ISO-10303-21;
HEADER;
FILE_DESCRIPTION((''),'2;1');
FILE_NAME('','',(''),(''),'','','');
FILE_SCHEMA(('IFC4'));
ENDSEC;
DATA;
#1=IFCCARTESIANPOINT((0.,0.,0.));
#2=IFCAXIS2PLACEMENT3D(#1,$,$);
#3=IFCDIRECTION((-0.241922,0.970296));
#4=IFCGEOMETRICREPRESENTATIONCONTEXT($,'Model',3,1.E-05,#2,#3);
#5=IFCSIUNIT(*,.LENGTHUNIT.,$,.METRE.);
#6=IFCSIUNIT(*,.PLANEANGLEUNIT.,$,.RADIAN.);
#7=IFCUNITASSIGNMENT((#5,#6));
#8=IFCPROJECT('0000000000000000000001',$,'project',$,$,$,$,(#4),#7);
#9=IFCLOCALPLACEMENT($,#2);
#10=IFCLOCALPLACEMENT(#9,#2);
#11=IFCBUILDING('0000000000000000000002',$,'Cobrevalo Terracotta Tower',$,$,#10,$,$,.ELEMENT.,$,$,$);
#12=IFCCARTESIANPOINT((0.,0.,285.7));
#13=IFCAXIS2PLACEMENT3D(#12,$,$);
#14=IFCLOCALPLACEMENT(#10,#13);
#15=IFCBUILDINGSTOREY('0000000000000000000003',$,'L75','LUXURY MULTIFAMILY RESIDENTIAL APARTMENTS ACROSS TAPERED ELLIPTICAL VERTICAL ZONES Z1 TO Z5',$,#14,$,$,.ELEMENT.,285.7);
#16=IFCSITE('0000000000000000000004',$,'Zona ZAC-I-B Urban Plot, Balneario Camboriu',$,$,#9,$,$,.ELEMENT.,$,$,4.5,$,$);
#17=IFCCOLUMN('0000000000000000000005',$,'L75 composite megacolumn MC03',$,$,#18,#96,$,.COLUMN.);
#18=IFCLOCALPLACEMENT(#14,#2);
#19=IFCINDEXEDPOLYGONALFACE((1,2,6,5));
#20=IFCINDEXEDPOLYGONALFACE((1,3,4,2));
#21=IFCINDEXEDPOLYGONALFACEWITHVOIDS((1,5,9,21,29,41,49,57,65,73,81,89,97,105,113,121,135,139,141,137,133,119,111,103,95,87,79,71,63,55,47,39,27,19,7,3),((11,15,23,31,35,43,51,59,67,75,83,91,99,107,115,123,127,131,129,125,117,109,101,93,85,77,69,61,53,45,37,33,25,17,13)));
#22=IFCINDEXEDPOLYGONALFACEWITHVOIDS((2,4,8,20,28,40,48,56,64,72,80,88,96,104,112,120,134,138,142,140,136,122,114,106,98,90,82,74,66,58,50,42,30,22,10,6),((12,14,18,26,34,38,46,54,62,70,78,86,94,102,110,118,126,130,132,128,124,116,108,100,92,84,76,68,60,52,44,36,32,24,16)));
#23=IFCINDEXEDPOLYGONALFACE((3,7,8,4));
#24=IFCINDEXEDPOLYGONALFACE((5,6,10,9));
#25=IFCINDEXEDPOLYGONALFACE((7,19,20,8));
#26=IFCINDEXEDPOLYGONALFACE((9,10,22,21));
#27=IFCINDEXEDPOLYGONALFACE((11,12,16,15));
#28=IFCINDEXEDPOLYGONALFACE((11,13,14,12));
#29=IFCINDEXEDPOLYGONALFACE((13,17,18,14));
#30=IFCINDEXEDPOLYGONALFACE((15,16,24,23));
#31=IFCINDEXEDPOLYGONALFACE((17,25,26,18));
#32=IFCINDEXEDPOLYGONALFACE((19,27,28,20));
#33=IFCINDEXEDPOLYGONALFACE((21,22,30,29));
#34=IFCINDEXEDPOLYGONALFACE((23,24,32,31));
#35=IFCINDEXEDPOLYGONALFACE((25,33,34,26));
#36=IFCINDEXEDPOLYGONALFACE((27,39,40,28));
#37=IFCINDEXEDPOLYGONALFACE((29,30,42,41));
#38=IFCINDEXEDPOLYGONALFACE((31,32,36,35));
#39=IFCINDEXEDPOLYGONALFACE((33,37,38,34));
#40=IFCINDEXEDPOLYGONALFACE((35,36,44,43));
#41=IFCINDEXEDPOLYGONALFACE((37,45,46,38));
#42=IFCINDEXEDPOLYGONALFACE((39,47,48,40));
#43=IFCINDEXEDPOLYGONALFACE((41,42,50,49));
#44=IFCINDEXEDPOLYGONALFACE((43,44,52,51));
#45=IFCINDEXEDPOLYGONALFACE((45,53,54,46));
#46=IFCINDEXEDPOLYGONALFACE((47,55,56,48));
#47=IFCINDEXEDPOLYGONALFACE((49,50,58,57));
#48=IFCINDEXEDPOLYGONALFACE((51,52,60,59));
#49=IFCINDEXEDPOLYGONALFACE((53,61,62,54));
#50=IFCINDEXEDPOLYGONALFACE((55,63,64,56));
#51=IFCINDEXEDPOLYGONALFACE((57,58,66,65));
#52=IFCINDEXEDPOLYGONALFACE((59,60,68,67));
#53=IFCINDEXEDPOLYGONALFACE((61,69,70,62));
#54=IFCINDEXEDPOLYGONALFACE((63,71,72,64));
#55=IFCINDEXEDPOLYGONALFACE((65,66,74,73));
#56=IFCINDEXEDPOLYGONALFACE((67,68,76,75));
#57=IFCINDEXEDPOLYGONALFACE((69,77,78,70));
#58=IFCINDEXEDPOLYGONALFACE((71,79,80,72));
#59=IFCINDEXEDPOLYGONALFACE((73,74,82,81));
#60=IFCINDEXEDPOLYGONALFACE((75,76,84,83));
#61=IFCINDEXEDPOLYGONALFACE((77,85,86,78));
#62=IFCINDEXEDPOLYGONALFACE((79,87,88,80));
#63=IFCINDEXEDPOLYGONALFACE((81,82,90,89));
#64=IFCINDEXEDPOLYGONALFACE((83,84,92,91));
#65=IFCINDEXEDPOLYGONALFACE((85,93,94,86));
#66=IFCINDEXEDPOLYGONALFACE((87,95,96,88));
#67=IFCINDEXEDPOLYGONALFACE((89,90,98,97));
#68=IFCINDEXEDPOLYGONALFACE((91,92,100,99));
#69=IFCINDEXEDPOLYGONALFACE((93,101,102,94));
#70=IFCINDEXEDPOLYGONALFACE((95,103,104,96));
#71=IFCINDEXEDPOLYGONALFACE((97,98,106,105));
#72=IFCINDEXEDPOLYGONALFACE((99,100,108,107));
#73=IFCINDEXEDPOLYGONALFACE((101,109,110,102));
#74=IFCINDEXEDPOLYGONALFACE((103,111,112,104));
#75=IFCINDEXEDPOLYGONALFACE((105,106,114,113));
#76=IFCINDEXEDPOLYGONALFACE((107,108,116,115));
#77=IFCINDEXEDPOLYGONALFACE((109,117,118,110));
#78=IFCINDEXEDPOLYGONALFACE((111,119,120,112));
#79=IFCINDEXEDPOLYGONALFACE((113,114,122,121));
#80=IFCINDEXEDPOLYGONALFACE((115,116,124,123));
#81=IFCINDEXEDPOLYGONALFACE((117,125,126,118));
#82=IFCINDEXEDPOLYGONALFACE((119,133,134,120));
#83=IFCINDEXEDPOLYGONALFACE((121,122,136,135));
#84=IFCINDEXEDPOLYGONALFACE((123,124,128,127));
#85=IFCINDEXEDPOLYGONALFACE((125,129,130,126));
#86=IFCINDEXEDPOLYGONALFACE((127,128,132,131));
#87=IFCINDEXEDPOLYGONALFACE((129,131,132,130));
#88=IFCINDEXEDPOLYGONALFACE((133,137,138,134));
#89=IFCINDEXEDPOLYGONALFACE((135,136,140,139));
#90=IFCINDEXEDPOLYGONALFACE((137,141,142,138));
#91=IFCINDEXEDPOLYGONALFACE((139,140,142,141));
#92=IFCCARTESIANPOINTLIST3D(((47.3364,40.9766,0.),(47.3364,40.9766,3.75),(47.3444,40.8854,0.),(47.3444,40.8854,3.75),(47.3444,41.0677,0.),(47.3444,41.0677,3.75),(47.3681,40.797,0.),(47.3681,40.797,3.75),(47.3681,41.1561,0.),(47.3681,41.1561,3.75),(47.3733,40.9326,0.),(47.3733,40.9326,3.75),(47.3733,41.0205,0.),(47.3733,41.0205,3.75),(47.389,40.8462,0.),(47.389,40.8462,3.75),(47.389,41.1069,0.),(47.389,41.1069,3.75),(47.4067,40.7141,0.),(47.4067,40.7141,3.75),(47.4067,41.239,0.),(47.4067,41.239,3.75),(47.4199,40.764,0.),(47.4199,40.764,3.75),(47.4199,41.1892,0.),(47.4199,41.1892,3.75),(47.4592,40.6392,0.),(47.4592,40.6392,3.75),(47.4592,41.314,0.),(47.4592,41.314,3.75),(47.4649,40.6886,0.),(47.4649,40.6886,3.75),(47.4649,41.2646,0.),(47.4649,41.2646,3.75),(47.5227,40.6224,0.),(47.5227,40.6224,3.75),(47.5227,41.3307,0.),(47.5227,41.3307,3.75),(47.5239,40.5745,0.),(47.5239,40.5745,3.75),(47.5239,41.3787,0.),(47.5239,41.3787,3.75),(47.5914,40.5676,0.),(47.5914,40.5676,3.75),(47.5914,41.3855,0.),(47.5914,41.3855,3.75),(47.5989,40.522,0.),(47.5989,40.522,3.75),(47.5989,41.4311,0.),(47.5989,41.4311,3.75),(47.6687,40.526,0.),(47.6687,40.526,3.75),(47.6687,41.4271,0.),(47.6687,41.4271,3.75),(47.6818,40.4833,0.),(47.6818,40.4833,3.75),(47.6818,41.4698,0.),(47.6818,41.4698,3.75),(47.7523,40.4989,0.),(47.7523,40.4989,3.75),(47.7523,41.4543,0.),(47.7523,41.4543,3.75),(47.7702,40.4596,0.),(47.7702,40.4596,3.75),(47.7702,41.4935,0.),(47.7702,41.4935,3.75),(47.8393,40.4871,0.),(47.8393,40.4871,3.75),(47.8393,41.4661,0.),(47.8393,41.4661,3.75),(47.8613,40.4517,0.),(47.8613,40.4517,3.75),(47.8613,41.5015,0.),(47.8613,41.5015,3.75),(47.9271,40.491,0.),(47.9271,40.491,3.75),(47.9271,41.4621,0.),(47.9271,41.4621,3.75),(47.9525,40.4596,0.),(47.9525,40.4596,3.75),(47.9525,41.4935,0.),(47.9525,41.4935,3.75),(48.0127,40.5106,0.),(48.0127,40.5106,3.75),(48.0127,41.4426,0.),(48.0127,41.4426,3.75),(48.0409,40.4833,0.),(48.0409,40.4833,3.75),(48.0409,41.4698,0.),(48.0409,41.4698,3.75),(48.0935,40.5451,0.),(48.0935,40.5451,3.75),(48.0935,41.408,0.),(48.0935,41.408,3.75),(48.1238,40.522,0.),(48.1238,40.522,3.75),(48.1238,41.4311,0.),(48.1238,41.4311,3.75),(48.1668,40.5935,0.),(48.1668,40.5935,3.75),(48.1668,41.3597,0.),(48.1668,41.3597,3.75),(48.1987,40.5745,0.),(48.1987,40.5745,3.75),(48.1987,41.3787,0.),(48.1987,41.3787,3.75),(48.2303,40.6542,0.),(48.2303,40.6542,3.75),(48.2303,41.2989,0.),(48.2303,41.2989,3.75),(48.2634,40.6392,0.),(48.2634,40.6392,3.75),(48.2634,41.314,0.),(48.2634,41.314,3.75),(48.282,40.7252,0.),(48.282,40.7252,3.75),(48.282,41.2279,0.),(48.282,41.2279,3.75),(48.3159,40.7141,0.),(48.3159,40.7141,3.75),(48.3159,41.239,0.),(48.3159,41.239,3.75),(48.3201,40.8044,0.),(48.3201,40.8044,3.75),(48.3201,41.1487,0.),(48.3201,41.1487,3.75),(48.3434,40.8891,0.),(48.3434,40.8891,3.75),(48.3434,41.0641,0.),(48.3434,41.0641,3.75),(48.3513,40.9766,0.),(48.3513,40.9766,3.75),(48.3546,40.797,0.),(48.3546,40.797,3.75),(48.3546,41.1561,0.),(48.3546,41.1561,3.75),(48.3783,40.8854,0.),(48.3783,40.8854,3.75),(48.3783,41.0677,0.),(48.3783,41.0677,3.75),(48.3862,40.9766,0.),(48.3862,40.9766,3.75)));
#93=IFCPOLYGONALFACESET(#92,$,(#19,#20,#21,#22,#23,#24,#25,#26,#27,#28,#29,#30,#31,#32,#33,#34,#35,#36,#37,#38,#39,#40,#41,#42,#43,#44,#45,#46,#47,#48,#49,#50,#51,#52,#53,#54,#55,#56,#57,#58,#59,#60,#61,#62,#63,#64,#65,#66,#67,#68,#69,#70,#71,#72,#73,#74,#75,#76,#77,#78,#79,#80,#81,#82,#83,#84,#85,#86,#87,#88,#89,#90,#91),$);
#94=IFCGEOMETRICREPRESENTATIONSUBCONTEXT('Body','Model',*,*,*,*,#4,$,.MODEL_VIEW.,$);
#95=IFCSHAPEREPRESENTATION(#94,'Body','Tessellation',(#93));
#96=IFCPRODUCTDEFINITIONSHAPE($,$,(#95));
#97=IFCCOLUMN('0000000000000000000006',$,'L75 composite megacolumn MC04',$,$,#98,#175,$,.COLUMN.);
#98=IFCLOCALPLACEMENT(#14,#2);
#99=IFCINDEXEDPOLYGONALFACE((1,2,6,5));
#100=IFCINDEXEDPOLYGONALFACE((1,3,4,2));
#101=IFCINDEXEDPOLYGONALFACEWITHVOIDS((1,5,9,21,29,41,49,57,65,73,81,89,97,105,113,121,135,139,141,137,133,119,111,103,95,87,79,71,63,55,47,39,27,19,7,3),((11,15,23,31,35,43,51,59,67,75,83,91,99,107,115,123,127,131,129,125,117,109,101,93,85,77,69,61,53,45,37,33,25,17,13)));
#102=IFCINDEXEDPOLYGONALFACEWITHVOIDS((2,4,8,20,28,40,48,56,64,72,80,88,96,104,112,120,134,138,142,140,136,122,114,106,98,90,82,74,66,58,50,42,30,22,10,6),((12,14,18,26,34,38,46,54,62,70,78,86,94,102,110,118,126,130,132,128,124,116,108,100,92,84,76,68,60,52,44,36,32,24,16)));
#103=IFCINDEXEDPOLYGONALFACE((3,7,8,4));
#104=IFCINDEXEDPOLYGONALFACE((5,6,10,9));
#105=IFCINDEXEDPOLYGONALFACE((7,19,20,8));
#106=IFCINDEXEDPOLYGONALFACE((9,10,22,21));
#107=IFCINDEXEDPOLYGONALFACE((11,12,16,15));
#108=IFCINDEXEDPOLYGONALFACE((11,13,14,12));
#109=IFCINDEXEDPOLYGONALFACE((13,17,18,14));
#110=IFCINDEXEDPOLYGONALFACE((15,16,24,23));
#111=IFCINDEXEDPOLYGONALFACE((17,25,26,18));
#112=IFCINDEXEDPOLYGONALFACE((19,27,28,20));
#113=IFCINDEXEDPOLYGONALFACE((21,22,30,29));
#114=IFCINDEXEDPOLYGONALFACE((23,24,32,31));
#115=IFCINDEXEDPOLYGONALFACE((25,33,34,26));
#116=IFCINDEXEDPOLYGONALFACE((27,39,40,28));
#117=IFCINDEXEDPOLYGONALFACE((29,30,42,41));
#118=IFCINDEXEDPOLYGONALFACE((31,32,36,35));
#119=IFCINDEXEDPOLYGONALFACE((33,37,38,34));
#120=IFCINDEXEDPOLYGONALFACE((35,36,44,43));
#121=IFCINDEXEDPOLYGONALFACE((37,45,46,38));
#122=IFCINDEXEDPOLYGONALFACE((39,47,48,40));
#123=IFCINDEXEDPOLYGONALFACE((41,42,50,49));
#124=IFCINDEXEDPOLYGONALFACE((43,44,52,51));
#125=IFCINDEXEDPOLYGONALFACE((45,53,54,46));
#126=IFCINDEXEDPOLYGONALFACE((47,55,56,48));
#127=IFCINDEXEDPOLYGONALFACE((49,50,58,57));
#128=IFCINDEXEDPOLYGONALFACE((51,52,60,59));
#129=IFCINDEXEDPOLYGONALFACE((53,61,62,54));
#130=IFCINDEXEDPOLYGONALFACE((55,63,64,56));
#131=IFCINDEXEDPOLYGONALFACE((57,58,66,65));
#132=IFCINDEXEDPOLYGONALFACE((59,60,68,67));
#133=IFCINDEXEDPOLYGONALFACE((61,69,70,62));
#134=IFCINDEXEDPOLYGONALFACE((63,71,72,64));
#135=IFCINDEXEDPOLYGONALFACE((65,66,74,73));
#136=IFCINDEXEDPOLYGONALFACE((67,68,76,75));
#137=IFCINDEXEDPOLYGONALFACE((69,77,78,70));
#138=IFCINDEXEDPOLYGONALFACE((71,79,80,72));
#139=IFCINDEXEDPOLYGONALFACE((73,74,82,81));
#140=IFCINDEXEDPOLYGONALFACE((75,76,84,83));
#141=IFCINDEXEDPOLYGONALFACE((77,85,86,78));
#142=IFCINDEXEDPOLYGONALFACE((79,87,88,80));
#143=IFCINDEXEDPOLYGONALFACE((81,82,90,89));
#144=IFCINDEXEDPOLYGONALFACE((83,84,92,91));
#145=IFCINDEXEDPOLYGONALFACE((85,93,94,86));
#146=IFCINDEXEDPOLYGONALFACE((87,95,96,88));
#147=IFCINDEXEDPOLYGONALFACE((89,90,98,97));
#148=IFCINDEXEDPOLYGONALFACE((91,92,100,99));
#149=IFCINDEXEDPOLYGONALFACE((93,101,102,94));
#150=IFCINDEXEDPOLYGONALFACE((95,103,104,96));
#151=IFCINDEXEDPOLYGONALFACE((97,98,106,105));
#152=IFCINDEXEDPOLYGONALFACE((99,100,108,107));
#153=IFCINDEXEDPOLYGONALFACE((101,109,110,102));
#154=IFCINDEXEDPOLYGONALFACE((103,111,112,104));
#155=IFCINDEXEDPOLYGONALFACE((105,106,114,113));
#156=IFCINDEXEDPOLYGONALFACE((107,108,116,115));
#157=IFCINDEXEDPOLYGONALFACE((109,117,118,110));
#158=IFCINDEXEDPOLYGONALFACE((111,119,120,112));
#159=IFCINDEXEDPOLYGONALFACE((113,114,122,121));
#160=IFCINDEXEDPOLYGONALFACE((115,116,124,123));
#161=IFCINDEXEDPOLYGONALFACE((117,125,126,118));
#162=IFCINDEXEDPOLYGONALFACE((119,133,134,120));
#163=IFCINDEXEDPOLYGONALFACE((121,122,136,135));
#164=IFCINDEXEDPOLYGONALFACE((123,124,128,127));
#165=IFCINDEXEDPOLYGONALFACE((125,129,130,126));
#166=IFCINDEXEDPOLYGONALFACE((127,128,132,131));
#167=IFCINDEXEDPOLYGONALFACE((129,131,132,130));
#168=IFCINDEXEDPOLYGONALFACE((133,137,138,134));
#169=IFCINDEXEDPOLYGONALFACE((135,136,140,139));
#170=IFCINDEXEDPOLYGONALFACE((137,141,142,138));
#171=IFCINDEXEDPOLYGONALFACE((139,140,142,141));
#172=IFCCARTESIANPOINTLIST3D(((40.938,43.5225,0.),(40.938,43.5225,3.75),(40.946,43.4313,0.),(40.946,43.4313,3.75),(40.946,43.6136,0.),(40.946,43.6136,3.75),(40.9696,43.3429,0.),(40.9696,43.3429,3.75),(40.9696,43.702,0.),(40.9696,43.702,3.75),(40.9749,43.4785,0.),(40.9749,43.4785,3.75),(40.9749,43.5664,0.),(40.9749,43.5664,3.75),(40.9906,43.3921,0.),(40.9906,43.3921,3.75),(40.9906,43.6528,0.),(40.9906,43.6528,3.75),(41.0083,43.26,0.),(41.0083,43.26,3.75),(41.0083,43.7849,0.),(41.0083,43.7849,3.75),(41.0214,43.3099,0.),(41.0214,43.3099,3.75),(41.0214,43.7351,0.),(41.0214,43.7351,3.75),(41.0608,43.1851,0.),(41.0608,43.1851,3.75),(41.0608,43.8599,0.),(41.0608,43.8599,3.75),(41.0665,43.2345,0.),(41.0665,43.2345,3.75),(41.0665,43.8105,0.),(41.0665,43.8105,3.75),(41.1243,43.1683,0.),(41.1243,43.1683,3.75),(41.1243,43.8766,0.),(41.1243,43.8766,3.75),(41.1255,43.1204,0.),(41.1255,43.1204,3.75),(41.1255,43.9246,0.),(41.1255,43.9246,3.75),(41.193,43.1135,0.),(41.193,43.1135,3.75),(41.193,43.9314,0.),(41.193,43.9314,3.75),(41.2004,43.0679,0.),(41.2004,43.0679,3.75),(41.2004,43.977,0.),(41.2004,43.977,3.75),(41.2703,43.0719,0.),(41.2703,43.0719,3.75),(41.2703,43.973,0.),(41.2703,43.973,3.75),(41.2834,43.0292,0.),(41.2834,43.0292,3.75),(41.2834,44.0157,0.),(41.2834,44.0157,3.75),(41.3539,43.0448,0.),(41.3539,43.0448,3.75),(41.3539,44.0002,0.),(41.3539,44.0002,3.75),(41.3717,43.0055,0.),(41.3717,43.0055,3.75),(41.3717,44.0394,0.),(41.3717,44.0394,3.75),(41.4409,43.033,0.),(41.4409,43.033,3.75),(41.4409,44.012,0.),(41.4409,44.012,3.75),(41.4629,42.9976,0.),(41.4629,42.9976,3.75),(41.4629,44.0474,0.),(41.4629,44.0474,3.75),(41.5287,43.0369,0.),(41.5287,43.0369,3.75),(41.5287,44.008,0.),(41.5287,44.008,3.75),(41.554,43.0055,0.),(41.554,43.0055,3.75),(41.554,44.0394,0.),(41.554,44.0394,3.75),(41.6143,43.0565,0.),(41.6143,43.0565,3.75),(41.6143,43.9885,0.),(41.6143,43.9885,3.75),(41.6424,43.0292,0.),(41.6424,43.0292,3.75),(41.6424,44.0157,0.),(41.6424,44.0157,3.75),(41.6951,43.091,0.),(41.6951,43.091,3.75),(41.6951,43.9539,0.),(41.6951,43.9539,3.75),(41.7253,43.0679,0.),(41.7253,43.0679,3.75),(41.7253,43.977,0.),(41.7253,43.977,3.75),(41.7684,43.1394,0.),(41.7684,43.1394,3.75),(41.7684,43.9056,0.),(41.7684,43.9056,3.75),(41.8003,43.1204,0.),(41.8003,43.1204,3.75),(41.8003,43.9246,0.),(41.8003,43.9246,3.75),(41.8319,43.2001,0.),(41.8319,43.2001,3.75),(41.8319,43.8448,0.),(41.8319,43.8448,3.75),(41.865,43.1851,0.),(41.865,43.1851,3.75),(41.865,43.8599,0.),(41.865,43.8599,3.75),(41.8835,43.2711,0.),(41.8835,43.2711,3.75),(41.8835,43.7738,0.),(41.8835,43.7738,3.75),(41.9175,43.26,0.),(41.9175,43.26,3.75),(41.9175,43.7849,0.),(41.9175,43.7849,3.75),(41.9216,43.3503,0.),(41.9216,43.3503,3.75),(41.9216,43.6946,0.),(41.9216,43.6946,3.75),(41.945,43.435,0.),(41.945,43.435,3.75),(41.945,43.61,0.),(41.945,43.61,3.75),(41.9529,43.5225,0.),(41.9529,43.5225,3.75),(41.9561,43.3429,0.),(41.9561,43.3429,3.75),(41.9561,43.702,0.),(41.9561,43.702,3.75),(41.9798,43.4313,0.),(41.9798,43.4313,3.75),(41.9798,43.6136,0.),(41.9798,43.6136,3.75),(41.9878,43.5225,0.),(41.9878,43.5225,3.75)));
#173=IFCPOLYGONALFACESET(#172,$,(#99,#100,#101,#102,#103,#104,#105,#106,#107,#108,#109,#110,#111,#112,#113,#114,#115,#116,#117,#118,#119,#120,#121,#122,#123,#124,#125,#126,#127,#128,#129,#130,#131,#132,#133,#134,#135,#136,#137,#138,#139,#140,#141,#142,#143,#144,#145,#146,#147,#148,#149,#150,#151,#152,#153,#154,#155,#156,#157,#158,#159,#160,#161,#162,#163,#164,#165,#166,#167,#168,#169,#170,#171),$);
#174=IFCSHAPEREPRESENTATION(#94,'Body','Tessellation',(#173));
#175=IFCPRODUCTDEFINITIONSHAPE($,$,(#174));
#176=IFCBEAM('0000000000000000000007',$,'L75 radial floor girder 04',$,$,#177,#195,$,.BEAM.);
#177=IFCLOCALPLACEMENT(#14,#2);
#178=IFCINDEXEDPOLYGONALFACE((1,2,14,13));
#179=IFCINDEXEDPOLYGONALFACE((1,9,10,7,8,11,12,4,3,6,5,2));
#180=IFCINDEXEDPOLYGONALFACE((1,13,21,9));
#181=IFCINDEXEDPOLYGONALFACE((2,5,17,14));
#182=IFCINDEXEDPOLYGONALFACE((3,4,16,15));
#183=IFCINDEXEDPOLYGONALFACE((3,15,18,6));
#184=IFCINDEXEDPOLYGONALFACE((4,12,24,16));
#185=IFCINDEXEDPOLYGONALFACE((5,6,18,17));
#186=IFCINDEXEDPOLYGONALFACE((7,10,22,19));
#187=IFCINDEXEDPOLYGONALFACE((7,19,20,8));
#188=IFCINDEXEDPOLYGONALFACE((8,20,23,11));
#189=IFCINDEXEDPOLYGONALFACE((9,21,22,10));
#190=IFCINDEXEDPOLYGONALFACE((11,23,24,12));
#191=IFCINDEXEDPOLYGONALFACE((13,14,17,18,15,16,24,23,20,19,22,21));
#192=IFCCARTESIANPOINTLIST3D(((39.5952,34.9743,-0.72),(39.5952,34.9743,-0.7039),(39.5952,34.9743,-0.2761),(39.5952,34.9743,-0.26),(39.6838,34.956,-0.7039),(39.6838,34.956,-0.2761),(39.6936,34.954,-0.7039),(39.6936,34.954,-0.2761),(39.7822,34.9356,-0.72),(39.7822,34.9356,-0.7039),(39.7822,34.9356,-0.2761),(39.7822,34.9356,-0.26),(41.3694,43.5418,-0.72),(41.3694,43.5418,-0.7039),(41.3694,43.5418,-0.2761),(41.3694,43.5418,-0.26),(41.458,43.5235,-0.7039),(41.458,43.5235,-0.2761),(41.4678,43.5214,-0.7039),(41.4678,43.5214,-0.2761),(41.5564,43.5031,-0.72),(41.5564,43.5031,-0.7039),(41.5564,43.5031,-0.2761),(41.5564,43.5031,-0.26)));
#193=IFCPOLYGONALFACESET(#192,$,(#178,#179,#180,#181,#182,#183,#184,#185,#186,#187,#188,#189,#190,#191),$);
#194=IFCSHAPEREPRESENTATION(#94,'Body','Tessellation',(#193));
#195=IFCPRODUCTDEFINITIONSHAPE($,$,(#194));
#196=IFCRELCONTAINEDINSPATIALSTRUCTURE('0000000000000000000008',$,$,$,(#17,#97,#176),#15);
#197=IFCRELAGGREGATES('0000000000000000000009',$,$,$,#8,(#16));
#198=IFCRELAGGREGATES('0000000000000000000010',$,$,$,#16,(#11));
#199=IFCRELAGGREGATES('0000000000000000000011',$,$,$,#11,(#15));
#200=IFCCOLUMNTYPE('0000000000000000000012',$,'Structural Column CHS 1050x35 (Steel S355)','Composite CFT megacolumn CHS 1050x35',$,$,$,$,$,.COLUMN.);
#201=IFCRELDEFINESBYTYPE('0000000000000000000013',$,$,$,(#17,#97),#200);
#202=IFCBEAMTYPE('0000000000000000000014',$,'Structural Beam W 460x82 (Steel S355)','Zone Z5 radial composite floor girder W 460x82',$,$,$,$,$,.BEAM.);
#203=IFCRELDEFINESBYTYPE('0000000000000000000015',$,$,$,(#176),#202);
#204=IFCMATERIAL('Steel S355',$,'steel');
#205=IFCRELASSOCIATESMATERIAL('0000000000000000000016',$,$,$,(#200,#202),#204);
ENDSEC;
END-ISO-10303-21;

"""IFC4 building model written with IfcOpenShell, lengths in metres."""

from ifc_helpers import new_model, si_unit, direction, frame, origin, origin_2d, place, context, subcontext, project, spatial, hollow_circle, i_section, extrude, material, material_profile, profile_set, type_object, element, save


model = new_model("IFC4")

# Units and contexts
model_context = context("Model", 3, precision=1e-05, world=origin(), true_north=direction((-0.241922, 0.970296)))
body_context = subcontext(model_context, "Body", "Model", "MODEL_VIEW")
ifc_project = project(units=[si_unit("LENGTHUNIT", "METRE"), si_unit("PLANEANGLEUNIT", "RADIAN")], contexts=[model_context])

# Site, building, storey
site_placement = place(None, origin())
site = spatial("IfcSite", under=ifc_project, at=site_placement, Name="Zona ZAC-I-B Urban Plot, Balneario Camboriu", CompositionType="ELEMENT", RefElevation=4.5)
building_placement = place(site_placement, origin())
building = spatial("IfcBuilding", under=site, at=building_placement, Name="Cobrevalo Terracotta Tower", CompositionType="ELEMENT")
storey_placement = place(building_placement, frame((0.0, 0.0, 285.7)))
storey = spatial("IfcBuildingStorey", under=building, at=storey_placement, Name="L75", Description="LUXURY MULTIFAMILY RESIDENTIAL APARTMENTS ACROSS TAPERED ELLIPTICAL VERTICAL ZONES Z1 TO Z5", CompositionType="ELEMENT", Elevation=285.7)

# Columns
ifc_material_1 = material(Name="Steel S355", Category="steel")
ifc_material_profile_1 = material_profile(ifc_material_1, hollow_circle(Radius=0.5249, WallThickness=0.0349, at=origin_2d()), Name="CHS 1050x35")
ifc_profile_set_1 = profile_set([ifc_material_profile_1], Name="Steel S355")
column_type = type_object("IfcColumnType", Name="Structural Column CHS 1050x35 (Steel S355)", Description="Composite CFT megacolumn CHS 1050x35", PredefinedType="COLUMN", material=ifc_profile_set_1)
for number, where, z_axis, x_axis, name in (
    (1, (47.8613, 40.9766, 0.0), (0.0, 0.0, 1.0), (1.0, 0.0, 0.0), "L75 composite megacolumn MC03"),
    (2, (41.4629, 43.5225, 0.0), (0.0, 0.0, 1.0), (1.0, 0.0, 0.0), "L75 composite megacolumn MC04"),
):
    element("IfcColumn", number, at=place(storey_placement, frame(where, z_axis=z_axis, x_axis=x_axis)), inside=storey, type_object=column_type, Name=name, PredefinedType="COLUMN", context=body_context, shape_type="SweptSolid", body=[
        extrude(hollow_circle(Radius=0.5249, WallThickness=0.0349, at=origin_2d()), origin(), (0.0, 0.0, 1.0), 3.75),
    ])

# Beam
ifc_material_profile_2 = material_profile(ifc_material_1, i_section(OverallWidth=0.1909, OverallDepth=0.46, WebThickness=0.01, FlangeThickness=0.0161, at=origin_2d()), Name="W 460x82")
ifc_profile_set_2 = profile_set([ifc_material_profile_2], Name="Steel S355")
beam_type_1 = type_object("IfcBeamType", Name="Structural Beam W 460x82 (Steel S355)", Description="Zone Z5 radial composite floor girder W 460x82", PredefinedType="BEAM", material=ifc_profile_set_2)
beam_1_placement = place(storey_placement, frame((41.4629, 43.5225, -0.49), z_axis=(-0.202782, -0.979224, 0.0), x_axis=(0.979224, -0.202782, 0.0)))
element("IfcBeam", 3, at=beam_1_placement, inside=storey, type_object=beam_type_1, Name="L75 radial floor girder 04", PredefinedType="BEAM", context=body_context, shape_type="SweptSolid", body=[
    extrude(i_section(OverallWidth=0.1909, OverallDepth=0.46, WebThickness=0.01, FlangeThickness=0.0161, at=origin_2d()), origin(), (0.0, 0.0, 1.0), 8.7493),
])

save(model, "model.ifc")
